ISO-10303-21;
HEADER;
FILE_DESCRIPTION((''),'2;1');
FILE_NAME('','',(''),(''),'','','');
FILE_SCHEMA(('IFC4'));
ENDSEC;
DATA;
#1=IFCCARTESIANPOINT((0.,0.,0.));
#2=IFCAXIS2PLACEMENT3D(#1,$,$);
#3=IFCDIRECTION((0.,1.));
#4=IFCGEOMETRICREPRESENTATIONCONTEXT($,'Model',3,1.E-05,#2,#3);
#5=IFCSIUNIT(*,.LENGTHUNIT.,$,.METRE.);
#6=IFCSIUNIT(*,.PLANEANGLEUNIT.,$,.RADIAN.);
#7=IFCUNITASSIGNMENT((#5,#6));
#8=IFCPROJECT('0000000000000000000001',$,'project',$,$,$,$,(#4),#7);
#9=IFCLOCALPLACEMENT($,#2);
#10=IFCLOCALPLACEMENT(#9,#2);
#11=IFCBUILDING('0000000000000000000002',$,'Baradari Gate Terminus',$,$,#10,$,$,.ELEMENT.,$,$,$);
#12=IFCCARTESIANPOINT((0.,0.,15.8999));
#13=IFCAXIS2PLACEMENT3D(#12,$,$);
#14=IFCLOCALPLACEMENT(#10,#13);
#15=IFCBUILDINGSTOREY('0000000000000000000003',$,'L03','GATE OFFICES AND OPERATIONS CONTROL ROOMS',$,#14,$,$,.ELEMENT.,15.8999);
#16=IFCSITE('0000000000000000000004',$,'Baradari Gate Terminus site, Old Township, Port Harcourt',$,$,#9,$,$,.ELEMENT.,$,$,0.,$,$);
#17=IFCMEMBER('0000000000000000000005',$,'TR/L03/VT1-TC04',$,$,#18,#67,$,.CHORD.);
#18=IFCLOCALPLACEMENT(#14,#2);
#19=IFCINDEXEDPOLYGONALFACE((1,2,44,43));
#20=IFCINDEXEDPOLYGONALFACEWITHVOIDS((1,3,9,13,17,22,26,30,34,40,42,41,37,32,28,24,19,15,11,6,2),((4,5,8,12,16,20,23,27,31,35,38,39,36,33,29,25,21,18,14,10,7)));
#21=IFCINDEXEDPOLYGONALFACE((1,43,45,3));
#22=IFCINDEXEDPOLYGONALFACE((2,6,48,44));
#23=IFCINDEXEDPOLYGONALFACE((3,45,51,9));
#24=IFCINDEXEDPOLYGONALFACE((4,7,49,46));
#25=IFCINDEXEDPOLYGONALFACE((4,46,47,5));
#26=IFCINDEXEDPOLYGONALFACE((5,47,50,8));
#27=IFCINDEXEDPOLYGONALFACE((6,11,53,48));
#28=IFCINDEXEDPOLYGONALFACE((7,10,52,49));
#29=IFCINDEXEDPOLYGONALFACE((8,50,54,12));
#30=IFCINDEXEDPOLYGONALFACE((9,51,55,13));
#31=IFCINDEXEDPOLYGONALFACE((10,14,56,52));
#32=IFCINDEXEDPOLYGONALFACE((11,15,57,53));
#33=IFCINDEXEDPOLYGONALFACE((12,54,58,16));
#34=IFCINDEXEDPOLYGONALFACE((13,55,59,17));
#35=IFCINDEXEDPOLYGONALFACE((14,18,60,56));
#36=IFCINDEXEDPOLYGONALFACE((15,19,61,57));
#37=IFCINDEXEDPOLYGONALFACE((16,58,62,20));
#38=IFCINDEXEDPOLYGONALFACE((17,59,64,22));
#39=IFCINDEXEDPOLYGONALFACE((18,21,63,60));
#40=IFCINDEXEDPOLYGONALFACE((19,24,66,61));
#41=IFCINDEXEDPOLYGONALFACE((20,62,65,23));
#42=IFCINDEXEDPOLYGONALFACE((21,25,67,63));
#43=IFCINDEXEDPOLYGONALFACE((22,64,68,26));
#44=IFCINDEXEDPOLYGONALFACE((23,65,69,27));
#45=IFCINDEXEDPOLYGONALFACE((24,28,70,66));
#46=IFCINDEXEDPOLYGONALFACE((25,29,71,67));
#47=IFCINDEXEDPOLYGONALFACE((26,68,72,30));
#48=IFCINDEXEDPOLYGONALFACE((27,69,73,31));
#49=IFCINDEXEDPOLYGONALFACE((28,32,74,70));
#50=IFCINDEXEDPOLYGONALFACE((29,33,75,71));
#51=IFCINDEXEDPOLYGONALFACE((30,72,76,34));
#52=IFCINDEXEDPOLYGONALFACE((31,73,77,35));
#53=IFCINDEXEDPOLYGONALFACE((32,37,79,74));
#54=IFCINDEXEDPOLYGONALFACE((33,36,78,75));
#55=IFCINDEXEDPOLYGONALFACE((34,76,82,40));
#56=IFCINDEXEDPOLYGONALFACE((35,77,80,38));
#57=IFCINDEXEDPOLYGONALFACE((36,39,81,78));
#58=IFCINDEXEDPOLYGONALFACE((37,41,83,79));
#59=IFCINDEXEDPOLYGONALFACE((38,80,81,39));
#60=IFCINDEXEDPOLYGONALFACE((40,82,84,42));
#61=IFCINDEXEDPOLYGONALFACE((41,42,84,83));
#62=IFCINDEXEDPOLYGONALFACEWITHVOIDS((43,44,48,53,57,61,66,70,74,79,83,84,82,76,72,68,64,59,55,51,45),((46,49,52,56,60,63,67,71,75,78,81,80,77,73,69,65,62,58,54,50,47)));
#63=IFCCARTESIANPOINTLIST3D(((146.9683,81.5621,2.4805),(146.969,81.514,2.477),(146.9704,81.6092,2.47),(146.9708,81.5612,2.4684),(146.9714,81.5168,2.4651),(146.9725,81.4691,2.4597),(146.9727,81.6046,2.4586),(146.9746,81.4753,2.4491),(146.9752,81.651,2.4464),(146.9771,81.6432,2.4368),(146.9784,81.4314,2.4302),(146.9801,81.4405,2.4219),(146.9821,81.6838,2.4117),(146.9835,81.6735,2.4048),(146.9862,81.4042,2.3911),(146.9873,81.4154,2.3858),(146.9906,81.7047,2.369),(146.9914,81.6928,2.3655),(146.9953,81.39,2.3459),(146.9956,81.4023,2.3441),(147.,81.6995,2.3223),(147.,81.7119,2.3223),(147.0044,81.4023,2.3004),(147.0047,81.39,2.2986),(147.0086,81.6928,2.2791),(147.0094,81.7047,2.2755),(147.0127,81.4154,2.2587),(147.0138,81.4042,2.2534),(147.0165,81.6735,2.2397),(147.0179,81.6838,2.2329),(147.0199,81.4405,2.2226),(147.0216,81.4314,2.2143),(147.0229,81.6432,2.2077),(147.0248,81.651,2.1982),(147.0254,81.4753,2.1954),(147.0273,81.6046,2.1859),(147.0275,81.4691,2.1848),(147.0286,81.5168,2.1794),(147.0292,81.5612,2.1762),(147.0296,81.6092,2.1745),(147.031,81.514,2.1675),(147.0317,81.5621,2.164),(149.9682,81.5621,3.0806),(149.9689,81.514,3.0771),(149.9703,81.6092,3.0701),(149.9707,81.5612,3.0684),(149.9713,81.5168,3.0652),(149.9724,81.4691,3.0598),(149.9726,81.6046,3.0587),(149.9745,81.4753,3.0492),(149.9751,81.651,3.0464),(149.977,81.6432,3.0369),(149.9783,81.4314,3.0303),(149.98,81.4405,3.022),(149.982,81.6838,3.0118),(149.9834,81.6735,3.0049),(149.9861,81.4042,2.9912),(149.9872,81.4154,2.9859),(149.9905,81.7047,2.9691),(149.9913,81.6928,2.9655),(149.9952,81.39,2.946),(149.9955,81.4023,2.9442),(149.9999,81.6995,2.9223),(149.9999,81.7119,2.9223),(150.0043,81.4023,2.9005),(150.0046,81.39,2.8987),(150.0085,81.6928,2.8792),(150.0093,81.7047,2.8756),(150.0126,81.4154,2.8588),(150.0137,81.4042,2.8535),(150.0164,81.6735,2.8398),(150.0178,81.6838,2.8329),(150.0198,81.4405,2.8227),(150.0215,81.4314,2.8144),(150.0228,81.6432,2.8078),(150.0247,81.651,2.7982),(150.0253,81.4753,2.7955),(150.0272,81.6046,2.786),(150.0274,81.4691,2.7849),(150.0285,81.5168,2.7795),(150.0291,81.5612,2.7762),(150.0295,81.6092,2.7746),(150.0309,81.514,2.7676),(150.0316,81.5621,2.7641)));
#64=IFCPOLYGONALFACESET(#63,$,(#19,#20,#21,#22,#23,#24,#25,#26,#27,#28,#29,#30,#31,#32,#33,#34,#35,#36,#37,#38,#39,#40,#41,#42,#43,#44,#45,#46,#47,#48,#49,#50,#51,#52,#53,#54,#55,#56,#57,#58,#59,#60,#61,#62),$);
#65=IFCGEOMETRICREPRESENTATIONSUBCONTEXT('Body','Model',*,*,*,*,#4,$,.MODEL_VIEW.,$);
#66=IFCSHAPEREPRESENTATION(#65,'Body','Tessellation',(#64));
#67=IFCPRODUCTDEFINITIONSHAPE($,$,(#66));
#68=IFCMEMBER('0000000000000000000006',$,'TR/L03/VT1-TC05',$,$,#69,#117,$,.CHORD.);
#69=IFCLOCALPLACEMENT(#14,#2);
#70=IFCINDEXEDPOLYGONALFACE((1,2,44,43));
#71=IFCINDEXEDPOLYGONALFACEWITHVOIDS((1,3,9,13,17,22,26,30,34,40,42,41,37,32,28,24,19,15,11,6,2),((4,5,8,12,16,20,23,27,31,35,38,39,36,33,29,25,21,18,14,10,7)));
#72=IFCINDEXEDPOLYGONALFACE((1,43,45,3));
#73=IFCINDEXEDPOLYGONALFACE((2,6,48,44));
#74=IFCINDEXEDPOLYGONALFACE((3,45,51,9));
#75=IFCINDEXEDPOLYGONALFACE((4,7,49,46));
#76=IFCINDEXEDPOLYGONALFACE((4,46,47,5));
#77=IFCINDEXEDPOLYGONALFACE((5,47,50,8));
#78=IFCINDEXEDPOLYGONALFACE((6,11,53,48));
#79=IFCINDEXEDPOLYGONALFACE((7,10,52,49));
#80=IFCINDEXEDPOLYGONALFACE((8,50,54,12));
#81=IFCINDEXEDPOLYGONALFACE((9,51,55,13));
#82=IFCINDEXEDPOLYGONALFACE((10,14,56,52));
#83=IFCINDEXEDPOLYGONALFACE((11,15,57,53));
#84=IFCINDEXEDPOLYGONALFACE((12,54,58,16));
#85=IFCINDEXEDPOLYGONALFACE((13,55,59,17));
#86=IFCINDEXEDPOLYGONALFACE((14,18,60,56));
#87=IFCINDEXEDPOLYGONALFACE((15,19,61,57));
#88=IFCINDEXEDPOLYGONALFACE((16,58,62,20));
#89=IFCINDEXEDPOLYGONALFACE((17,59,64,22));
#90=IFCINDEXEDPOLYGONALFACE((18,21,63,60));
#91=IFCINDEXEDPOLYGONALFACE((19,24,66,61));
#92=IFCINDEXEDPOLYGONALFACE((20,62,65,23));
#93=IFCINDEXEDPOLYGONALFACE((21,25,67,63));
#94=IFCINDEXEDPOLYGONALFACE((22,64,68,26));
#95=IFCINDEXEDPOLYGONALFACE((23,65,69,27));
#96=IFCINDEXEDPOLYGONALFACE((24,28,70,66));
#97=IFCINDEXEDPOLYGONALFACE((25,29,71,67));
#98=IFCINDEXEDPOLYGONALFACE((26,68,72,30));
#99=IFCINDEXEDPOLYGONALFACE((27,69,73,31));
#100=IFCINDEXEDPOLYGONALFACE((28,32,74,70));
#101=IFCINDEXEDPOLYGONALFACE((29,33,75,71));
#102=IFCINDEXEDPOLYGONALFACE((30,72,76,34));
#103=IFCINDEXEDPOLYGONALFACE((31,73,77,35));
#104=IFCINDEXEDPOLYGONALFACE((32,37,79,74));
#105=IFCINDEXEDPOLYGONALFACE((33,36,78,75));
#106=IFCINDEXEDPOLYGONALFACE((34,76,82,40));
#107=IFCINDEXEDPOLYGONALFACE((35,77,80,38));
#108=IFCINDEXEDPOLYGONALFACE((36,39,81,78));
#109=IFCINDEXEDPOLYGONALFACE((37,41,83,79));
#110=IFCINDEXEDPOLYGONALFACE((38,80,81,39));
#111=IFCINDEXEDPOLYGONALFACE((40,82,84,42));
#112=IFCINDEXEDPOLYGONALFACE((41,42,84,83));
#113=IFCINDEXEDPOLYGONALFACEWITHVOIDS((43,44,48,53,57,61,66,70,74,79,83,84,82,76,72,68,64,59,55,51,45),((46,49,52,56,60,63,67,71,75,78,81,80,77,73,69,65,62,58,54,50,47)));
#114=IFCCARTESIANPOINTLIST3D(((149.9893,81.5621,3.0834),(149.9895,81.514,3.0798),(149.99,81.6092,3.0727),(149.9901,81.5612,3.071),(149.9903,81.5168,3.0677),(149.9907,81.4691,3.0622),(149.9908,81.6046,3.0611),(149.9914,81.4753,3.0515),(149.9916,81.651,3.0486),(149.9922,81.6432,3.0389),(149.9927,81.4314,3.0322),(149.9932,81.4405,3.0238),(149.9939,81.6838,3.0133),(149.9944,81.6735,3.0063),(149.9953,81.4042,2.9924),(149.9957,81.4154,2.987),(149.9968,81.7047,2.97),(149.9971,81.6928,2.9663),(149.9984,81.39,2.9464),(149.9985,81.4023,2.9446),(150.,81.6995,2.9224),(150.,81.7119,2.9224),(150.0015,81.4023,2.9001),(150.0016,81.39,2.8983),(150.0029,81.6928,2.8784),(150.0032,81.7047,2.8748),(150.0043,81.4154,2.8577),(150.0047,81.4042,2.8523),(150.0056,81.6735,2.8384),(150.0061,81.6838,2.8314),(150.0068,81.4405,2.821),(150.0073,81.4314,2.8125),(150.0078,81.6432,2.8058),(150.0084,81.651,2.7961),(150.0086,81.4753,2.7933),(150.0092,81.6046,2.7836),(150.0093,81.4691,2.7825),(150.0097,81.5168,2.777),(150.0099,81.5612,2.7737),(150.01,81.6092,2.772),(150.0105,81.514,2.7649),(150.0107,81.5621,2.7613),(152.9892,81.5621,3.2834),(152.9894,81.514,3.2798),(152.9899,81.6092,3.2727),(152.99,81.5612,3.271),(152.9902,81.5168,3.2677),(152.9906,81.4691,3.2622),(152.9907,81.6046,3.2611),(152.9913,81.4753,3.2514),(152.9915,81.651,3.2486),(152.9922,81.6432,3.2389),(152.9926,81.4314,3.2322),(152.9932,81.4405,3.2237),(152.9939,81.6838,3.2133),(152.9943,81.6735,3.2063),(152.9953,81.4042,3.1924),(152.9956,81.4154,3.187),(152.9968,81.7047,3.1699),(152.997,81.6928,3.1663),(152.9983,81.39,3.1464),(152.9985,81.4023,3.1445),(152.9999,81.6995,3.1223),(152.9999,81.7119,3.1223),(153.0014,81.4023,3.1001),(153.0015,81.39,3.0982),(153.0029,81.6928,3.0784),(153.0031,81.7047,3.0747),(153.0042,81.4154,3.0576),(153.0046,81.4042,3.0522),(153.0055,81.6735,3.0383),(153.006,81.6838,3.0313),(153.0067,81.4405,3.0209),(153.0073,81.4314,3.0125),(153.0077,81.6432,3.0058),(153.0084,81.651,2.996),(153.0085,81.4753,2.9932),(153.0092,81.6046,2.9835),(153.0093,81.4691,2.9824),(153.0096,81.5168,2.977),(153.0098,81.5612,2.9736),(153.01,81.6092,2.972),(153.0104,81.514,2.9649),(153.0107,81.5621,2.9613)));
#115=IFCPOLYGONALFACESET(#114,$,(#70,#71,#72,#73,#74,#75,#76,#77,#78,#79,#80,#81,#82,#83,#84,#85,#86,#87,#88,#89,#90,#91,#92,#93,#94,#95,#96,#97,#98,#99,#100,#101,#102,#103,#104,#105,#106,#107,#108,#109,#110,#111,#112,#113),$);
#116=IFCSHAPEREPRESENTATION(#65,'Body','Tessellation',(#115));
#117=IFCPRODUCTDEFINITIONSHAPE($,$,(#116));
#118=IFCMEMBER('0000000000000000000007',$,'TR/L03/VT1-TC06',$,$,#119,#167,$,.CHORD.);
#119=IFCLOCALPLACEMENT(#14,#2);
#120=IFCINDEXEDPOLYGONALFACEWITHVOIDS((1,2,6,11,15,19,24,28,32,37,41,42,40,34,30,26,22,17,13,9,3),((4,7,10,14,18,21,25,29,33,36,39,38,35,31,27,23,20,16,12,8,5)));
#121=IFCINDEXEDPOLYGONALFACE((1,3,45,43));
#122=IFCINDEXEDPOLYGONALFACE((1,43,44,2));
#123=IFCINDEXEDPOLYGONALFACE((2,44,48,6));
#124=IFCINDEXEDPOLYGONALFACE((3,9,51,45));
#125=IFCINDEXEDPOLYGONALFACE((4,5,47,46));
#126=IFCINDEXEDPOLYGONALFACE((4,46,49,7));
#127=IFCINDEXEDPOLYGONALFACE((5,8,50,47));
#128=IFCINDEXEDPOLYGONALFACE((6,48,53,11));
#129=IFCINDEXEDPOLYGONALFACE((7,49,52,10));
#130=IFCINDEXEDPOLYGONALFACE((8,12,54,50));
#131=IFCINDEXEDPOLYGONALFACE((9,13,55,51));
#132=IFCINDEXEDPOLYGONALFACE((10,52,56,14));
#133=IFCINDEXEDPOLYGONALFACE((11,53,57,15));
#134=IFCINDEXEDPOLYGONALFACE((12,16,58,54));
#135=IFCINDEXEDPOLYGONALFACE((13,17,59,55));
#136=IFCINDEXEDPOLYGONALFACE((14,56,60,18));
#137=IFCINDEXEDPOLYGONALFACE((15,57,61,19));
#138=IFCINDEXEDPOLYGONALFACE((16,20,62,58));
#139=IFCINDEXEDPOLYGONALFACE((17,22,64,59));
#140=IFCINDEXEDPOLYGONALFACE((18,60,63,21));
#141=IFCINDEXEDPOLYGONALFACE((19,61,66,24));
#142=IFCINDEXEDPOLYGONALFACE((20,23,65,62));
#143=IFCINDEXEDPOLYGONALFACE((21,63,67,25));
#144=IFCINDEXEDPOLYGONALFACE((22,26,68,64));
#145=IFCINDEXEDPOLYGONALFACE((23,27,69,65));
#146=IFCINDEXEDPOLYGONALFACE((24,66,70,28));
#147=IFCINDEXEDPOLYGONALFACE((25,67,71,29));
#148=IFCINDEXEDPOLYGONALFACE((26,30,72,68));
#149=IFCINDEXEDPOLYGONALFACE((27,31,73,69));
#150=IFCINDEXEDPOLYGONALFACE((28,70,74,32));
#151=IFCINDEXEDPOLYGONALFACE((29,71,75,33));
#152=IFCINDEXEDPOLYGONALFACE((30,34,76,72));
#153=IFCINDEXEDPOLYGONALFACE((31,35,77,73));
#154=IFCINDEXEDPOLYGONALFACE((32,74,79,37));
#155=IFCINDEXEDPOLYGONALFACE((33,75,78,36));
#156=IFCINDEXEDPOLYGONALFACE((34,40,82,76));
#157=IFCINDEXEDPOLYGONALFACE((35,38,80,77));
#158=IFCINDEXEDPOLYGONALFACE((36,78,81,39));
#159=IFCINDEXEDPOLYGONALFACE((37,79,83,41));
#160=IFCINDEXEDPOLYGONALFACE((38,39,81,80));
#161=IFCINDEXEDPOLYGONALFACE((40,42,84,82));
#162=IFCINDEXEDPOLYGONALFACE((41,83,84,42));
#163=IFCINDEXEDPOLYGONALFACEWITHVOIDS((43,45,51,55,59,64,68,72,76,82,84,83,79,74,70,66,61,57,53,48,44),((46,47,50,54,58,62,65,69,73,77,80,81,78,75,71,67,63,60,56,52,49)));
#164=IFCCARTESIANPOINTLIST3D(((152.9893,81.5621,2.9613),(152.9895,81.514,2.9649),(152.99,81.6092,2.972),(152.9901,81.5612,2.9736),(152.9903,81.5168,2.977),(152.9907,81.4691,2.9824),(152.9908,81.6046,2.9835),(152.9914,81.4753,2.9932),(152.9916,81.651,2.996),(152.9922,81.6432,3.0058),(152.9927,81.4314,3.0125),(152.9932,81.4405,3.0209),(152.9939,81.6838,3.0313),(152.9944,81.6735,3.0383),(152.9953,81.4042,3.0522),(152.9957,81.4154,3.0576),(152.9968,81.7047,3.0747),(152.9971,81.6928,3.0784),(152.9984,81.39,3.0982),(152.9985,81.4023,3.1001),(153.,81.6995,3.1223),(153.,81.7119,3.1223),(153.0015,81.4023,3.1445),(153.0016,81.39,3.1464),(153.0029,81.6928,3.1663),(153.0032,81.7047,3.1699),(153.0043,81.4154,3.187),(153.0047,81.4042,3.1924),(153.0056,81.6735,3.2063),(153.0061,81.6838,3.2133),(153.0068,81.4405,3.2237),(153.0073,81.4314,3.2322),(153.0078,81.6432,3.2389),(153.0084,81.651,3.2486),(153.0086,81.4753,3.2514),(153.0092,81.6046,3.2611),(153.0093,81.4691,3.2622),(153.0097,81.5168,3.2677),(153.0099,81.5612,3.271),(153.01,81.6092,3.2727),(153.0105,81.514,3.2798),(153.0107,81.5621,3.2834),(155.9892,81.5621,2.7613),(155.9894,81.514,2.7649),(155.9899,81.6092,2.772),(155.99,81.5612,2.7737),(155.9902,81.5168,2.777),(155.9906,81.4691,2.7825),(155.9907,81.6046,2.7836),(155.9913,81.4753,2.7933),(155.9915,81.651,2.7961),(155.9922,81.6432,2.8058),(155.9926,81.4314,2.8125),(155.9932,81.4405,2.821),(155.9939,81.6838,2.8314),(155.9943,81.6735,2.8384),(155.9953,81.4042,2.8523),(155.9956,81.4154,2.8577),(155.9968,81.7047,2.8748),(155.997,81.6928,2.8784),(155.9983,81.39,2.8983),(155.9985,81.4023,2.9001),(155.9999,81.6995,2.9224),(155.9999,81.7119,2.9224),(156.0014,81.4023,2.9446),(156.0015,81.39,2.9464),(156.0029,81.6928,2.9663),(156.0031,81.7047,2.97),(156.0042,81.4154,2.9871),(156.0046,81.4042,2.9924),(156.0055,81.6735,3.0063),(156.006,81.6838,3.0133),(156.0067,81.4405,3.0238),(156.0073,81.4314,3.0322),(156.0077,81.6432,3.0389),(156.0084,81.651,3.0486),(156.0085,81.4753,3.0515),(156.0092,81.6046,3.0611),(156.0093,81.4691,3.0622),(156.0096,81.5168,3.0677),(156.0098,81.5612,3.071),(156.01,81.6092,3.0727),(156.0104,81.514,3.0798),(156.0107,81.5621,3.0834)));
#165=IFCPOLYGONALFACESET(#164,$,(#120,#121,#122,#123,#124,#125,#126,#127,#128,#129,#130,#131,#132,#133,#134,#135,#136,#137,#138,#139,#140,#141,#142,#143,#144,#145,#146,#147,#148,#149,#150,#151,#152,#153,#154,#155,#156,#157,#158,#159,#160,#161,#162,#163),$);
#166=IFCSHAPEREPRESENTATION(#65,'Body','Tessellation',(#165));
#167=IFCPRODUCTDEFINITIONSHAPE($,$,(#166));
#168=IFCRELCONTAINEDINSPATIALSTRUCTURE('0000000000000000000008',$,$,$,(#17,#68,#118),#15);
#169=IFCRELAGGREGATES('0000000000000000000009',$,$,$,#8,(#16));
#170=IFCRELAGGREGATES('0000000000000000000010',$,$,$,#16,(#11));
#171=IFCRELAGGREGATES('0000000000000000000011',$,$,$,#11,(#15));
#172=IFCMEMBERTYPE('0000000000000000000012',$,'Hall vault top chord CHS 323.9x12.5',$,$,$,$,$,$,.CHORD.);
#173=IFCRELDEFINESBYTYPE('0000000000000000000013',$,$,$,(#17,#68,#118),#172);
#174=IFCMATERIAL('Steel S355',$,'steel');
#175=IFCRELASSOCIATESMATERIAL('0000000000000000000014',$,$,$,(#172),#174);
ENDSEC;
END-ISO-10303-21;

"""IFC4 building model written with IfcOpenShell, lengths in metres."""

from ifc_helpers import new_model, si_unit, direction, frame, origin, origin_2d, place, context, subcontext, project, spatial, hollow_circle, extrude, material, material_profile, profile_set, type_object, element, save


model = new_model("IFC4")

# Units and contexts
model_context = context("Model", 3, precision=1e-05, world=origin(), true_north=direction((0.0, 1.0)))
body_context = subcontext(model_context, "Body", "Model", "MODEL_VIEW")
ifc_project = project(units=[si_unit("LENGTHUNIT", "METRE"), si_unit("PLANEANGLEUNIT", "RADIAN")], contexts=[model_context])

# Site, building, storey
site_placement = place(None, origin())
site = spatial("IfcSite", under=ifc_project, at=site_placement, Name="Baradari Gate Terminus site, Old Township, Port Harcourt", CompositionType="ELEMENT", RefElevation=0.0)
building_placement = place(site_placement, origin())
building = spatial("IfcBuilding", under=site, at=building_placement, Name="Baradari Gate Terminus", CompositionType="ELEMENT")
storey_placement = place(building_placement, frame((0.0, 0.0, 15.8999)))
storey = spatial("IfcBuildingStorey", under=building, at=storey_placement, Name="L03", Description="GATE OFFICES AND OPERATIONS CONTROL ROOMS", CompositionType="ELEMENT", Elevation=15.8999)

# Members
ifc_material_1 = material(Name="Steel S355", Category="steel")
ifc_material_profile_1 = material_profile(ifc_material_1, hollow_circle(Radius=0.1619, WallThickness=0.0125, at=origin_2d()), Name="CHS 323.9x12.5")
ifc_profile_set_1 = profile_set([ifc_material_profile_1], Name="Steel S355")
member_type_1 = type_object("IfcMemberType", Name="Hall vault top chord CHS 323.9x12.5", PredefinedType="CHORD", material=ifc_profile_set_1)
member_1_placement = place(storey_placement, frame((147.0, 81.55, 2.3223), z_axis=(0.980575, 0.0, 0.196147), x_axis=(0.0, 1.0, 0.0)))
element("IfcMember", 1, at=member_1_placement, inside=storey, type_object=member_type_1, Name="TR/L03/VT1-TC04", PredefinedType="CHORD", context=body_context, shape_type="SweptSolid", body=[
    extrude(hollow_circle(Radius=0.1619, WallThickness=0.0125, at=origin_2d()), origin(), (0.0, 0.0, 1.0), 3.0593),
])
for number, where, z_axis, x_axis, name in (
    (2, (150.0, 81.55, 2.9224), (0.997786, 0.0, 0.066503), (0.0, 1.0, 0.0), "TR/L03/VT1-TC05"),
    (3, (153.0, 81.55, 3.1223), (0.997786, 0.0, -0.066503), (0.0, 1.0, 0.0), "TR/L03/VT1-TC06"),
):
    element("IfcMember", number, at=place(storey_placement, frame(where, z_axis=z_axis, x_axis=x_axis)), inside=storey, type_object=member_type_1, Name=name, PredefinedType="CHORD", context=body_context, shape_type="SweptSolid", body=[
        extrude(hollow_circle(Radius=0.1619, WallThickness=0.0125, at=origin_2d()), origin(), (0.0, 0.0, 1.0), 3.0066),
    ])

save(model, "model.ifc")
